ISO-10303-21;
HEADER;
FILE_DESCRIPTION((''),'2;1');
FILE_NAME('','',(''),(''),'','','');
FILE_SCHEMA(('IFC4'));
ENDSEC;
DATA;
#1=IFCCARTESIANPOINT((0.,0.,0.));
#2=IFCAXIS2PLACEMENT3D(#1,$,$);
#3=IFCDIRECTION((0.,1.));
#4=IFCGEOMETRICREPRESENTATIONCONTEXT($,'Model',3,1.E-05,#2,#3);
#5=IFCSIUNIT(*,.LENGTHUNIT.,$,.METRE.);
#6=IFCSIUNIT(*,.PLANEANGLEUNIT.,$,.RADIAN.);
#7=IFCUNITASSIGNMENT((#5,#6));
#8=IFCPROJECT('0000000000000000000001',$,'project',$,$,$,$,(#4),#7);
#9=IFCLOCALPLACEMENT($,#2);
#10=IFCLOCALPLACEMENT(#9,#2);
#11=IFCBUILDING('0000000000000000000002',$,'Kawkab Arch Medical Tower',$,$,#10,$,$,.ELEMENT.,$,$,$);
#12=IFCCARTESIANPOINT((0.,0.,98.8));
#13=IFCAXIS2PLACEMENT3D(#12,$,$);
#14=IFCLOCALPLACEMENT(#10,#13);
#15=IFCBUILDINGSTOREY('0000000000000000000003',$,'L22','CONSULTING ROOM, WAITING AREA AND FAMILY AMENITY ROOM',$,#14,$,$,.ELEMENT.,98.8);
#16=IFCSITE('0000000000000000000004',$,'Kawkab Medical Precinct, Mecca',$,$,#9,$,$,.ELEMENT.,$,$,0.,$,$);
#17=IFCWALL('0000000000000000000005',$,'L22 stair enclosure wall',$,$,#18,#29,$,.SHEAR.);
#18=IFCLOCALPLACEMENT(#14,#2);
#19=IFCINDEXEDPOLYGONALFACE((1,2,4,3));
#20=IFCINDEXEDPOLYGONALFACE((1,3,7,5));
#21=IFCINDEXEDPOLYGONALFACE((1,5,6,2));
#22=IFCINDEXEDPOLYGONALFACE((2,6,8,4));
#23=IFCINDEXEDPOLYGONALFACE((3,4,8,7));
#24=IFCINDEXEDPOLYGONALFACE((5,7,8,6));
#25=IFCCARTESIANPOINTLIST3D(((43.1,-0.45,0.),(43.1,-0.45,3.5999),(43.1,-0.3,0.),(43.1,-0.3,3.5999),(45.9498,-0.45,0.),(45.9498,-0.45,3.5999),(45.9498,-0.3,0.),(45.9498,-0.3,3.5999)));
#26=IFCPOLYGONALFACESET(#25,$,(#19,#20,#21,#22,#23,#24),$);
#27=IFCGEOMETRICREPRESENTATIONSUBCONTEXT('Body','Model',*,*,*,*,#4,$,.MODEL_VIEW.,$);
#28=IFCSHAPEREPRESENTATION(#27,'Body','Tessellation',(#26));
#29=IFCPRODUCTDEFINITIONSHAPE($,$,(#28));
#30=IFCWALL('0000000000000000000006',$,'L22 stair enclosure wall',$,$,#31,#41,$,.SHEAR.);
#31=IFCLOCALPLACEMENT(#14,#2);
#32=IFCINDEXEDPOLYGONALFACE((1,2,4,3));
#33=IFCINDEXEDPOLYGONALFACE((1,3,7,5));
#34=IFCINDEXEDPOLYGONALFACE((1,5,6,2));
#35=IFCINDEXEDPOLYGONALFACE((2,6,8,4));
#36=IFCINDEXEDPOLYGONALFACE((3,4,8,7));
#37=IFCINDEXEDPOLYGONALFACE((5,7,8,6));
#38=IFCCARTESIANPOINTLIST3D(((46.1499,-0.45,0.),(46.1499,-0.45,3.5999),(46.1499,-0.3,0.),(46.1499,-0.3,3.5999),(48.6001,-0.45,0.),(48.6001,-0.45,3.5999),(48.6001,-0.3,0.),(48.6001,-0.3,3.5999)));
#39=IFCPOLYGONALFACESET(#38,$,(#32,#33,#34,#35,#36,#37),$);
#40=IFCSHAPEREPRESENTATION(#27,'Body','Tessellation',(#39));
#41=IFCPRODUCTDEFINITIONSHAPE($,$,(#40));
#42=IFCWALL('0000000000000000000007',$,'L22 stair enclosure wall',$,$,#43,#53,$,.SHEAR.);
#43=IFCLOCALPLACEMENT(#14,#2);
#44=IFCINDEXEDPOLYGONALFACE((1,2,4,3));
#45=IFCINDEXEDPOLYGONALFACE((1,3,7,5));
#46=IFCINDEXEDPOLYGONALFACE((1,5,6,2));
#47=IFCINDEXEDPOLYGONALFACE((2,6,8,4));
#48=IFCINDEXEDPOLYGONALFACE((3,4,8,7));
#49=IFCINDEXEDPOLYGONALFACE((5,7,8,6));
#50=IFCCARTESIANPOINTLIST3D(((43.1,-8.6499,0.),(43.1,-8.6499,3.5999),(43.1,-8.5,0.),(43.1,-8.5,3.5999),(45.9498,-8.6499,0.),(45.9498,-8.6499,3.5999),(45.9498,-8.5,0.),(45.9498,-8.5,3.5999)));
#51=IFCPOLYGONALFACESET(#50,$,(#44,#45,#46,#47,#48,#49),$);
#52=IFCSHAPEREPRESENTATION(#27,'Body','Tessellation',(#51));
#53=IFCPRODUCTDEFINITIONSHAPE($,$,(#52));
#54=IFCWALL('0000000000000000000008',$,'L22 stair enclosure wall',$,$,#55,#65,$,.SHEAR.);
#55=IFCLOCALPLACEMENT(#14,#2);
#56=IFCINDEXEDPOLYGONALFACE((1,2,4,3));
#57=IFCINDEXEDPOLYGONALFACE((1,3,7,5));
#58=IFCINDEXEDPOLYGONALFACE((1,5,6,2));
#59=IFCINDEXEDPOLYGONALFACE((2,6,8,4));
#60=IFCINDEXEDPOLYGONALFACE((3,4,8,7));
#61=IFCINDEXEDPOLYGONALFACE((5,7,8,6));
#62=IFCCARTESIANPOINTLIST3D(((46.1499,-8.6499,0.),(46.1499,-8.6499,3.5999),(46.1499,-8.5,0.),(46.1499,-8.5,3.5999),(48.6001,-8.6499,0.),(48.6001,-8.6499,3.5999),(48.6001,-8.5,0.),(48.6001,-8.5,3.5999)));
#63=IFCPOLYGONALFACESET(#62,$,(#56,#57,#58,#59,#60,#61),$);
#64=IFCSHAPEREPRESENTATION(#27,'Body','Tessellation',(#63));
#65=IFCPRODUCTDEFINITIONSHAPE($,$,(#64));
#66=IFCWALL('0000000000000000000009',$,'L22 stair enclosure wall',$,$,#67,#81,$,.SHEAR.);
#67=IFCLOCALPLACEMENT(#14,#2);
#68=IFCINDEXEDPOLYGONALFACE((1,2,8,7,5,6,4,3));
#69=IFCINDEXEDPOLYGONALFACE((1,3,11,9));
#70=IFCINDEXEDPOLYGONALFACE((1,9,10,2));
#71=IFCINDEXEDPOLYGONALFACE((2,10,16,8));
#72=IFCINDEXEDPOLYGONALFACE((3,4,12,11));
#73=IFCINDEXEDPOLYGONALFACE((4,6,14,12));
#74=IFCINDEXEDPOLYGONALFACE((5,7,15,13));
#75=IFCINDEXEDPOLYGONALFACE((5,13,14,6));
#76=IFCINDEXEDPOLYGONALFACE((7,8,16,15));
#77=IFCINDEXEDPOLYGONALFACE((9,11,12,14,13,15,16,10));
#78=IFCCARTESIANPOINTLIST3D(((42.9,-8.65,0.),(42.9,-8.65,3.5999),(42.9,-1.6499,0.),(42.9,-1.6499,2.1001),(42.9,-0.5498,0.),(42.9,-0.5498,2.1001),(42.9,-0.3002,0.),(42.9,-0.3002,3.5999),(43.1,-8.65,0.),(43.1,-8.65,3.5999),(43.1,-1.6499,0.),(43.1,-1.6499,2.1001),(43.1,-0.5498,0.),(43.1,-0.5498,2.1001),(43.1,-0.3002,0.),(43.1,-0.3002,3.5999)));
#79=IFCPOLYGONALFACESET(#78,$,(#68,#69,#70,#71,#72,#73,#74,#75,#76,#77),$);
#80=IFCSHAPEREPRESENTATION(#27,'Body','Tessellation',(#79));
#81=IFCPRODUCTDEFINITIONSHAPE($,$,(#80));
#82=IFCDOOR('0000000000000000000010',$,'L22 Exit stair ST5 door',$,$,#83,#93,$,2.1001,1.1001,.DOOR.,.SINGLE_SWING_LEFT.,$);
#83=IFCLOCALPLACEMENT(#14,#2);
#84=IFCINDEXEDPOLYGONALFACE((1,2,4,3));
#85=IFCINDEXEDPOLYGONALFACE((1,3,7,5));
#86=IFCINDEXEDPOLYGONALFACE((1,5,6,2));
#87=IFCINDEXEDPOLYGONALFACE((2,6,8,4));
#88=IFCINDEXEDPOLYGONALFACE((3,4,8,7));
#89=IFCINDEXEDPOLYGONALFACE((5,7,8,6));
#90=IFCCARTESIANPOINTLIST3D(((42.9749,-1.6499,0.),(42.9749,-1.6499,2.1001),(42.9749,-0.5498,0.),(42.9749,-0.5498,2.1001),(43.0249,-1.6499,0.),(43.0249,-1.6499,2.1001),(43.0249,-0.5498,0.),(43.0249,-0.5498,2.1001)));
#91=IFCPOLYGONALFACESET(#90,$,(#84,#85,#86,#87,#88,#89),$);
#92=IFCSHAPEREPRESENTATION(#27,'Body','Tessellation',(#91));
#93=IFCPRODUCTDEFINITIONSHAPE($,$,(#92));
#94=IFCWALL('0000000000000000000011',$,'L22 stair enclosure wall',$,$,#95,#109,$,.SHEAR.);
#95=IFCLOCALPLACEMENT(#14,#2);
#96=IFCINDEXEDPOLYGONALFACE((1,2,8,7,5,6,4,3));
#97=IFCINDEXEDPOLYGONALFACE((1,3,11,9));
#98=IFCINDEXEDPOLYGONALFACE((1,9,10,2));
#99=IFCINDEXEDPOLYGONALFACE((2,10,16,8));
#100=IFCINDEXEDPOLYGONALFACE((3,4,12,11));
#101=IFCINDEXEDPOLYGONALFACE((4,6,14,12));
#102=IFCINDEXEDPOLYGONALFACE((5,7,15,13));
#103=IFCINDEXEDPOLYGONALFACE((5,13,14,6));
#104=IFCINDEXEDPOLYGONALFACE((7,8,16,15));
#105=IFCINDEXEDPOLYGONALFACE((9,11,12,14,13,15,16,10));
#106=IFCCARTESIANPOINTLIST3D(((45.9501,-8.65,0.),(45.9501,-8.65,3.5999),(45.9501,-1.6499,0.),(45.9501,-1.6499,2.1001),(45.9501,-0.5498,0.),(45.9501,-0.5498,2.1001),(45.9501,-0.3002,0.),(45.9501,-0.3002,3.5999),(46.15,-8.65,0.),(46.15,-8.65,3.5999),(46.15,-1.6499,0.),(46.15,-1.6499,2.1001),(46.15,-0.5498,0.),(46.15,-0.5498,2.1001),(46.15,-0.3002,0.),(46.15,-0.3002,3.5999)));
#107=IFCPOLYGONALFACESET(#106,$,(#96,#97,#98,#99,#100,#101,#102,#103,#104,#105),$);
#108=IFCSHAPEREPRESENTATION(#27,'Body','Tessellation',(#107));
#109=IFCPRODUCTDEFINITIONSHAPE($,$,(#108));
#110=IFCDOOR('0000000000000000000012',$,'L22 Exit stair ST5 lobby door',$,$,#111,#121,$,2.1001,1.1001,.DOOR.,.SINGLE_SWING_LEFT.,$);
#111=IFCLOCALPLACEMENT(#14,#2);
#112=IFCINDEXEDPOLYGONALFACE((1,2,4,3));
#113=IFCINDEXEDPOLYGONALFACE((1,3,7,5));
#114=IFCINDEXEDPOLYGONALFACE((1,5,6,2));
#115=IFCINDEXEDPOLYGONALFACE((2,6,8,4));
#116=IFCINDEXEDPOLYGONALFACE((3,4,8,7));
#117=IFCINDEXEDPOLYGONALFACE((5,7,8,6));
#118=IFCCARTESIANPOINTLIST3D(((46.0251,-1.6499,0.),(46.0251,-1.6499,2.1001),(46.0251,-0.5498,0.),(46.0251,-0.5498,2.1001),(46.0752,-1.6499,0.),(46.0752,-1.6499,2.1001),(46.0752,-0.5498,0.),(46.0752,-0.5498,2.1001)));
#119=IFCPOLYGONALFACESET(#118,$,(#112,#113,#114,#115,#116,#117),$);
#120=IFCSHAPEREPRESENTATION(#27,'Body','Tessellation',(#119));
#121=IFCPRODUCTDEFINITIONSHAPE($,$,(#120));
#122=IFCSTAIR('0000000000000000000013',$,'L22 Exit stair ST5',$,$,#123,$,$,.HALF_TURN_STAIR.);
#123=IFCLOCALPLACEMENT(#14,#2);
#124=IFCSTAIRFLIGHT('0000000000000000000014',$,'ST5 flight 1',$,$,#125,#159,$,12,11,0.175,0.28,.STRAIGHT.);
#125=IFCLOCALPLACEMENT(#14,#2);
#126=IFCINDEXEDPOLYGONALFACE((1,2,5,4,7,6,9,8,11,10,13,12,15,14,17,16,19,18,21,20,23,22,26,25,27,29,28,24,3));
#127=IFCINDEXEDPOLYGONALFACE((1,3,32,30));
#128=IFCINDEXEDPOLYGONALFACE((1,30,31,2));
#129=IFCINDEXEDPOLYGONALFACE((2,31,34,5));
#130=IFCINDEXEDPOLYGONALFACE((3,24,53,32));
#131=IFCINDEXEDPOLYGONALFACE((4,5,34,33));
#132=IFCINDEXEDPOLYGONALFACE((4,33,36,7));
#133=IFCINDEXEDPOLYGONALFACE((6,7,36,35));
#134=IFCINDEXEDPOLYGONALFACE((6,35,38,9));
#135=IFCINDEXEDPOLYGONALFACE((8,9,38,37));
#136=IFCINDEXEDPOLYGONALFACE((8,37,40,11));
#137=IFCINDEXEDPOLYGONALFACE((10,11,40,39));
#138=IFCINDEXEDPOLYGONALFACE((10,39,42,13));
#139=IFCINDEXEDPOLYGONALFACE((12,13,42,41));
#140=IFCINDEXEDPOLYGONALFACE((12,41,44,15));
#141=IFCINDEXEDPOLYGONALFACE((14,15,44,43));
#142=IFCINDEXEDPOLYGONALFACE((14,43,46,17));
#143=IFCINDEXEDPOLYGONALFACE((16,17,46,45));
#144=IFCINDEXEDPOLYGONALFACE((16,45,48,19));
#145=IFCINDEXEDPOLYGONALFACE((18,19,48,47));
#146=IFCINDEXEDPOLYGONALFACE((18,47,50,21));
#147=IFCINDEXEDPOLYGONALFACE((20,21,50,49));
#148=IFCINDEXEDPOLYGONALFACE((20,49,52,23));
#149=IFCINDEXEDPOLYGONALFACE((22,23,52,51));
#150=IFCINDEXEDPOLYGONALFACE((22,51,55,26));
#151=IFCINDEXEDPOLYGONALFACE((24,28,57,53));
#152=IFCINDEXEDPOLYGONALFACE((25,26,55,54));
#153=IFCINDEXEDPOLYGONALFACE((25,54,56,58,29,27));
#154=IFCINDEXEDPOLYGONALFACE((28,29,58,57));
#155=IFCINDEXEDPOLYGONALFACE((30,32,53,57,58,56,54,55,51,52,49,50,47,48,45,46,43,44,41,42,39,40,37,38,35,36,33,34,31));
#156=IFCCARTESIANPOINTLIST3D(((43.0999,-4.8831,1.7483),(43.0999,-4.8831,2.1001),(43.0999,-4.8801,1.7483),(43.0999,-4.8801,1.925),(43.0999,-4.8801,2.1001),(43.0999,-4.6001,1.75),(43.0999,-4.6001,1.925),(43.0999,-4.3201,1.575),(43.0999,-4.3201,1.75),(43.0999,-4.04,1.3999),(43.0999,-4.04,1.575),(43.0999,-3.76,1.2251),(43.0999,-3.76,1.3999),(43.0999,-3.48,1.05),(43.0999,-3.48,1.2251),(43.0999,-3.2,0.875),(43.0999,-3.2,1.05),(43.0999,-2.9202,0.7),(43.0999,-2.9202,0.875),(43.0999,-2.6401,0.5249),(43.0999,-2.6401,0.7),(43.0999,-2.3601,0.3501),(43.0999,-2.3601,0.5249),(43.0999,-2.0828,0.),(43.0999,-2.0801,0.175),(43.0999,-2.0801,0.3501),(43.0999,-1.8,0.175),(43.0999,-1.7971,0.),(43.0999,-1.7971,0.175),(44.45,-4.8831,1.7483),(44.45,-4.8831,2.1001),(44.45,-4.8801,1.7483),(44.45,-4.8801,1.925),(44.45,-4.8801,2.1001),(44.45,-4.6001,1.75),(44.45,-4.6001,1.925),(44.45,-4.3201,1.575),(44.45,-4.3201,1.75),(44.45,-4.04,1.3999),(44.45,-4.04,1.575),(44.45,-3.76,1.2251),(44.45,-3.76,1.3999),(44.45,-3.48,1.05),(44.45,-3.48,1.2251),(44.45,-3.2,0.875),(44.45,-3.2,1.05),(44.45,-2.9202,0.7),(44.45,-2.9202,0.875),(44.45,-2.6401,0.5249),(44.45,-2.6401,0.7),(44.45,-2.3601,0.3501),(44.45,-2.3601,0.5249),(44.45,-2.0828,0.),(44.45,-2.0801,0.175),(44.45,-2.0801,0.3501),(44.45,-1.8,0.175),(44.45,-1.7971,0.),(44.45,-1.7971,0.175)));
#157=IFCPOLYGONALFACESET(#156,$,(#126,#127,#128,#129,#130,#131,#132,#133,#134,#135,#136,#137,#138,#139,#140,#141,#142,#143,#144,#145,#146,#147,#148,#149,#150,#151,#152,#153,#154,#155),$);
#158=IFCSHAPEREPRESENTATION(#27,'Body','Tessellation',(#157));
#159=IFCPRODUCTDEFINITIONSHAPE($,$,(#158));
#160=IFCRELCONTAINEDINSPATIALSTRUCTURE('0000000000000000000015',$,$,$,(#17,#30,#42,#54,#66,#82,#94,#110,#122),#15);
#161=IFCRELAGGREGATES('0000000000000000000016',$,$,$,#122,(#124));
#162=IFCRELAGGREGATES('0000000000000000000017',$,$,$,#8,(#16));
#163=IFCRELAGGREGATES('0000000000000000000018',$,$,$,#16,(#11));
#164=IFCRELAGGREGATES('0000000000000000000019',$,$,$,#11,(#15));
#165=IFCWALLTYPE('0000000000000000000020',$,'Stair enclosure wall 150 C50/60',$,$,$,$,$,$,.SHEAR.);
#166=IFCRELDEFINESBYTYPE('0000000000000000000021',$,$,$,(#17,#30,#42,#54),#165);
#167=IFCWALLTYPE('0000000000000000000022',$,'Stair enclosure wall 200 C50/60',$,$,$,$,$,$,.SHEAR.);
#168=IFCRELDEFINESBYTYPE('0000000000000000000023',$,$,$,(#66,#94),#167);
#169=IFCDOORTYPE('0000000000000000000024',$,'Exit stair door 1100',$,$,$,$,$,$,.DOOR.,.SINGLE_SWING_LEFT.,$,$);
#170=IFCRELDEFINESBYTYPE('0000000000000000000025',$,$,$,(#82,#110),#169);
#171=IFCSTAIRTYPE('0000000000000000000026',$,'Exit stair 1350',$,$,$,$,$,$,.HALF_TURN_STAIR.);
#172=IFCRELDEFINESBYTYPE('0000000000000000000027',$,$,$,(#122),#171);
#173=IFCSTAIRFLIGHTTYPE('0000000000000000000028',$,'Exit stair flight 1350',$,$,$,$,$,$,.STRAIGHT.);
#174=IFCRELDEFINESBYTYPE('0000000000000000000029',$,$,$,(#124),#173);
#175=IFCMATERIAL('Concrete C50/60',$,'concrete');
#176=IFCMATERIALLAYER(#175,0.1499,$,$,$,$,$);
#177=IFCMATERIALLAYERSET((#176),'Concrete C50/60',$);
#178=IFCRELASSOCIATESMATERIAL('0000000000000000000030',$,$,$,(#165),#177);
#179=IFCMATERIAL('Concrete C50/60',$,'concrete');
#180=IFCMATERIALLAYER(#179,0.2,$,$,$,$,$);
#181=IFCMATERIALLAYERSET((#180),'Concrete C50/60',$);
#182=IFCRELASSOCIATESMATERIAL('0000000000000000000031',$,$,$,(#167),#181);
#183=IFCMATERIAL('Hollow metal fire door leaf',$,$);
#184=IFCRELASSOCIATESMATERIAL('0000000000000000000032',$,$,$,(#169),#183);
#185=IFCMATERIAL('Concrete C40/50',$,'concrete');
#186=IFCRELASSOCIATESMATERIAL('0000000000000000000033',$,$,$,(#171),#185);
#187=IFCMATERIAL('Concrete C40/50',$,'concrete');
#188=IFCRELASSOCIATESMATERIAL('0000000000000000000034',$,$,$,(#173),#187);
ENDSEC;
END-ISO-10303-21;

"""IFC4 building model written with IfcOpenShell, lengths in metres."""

from ifc_helpers import new_model, si_unit, direction, frame, frame_2d, origin, place, context, subcontext, project, spatial, polyline, rectangle, outline, extrude, material, layer, layer_set, type_object, element, fill, aggregate, save


model = new_model("IFC4")

# Units and contexts
model_context = context("Model", 3, precision=1e-05, world=origin(), true_north=direction((0.0, 1.0)))
body_context = subcontext(model_context, "Body", "Model", "MODEL_VIEW")
ifc_project = project(units=[si_unit("LENGTHUNIT", "METRE"), si_unit("PLANEANGLEUNIT", "RADIAN")], contexts=[model_context])

# Site, building, storey
site_placement = place(None, origin())
site = spatial("IfcSite", under=ifc_project, at=site_placement, Name="Kawkab Medical Precinct, Mecca", CompositionType="ELEMENT", RefElevation=0.0)
building_placement = place(site_placement, origin())
building = spatial("IfcBuilding", under=site, at=building_placement, Name="Kawkab Arch Medical Tower", CompositionType="ELEMENT")
storey_placement = place(building_placement, frame((0.0, 0.0, 98.8)))
storey = spatial("IfcBuildingStorey", under=building, at=storey_placement, Name="L22", Description="CONSULTING ROOM, WAITING AREA AND FAMILY AMENITY ROOM", CompositionType="ELEMENT", Elevation=98.8)

# Shared definitions
placement = place(storey_placement, origin())

# Walls
ifc_material_1 = material(Name="Concrete C50/60", Category="concrete")
ifc_layer_1 = layer(ifc_material_1, 0.1499)
ifc_layer_set_1 = layer_set([ifc_layer_1], Name="Concrete C50/60")
wall_type_1 = type_object("IfcWallType", Name="Stair enclosure wall 150 C50/60", PredefinedType="SHEAR", material=ifc_layer_set_1)
wall_1_placement = place(storey_placement, frame((43.1001, -0.375, 0.0), z_axis=(0.0, 0.0, 1.0), x_axis=(1.0, 0.0, 0.0)))
element("IfcWall", 1, at=wall_1_placement, inside=storey, type_object=wall_type_1, Name="L22 stair enclosure wall", PredefinedType="SHEAR", context=body_context, shape_type="SweptSolid", body=[
    extrude(rectangle(XDim=2.8499, YDim=0.1499, at=frame_2d((1.4248, 0.0))), origin(), (0.0, 0.0, 1.0), 3.5999),
])
wall_2_placement = place(storey_placement, frame((46.1499, -0.375, 0.0), z_axis=(0.0, 0.0, 1.0), x_axis=(1.0, 0.0, 0.0)))
element("IfcWall", 2, at=wall_2_placement, inside=storey, type_object=wall_type_1, Name="L22 stair enclosure wall", PredefinedType="SHEAR", context=body_context, shape_type="SweptSolid", body=[
    extrude(rectangle(XDim=2.4502, YDim=0.1499, at=frame_2d((1.2251, 0.0))), origin(), (0.0, 0.0, 1.0), 3.5999),
])
wall_3_placement = place(storey_placement, frame((43.1001, -8.575, 0.0), z_axis=(0.0, 0.0, 1.0), x_axis=(1.0, 0.0, 0.0)))
element("IfcWall", 3, at=wall_3_placement, inside=storey, type_object=wall_type_1, Name="L22 stair enclosure wall", PredefinedType="SHEAR", context=body_context, shape_type="SweptSolid", body=[
    extrude(rectangle(XDim=2.8499, YDim=0.1499, at=frame_2d((1.4248, 0.0))), origin(), (0.0, 0.0, 1.0), 3.5999),
])
wall_4_placement = place(storey_placement, frame((46.1499, -8.575, 0.0), z_axis=(0.0, 0.0, 1.0), x_axis=(1.0, 0.0, 0.0)))
element("IfcWall", 4, at=wall_4_placement, inside=storey, type_object=wall_type_1, Name="L22 stair enclosure wall", PredefinedType="SHEAR", context=body_context, shape_type="SweptSolid", body=[
    extrude(rectangle(XDim=2.4502, YDim=0.1499, at=frame_2d((1.2251, 0.0))), origin(), (0.0, 0.0, 1.0), 3.5999),
])

# Walls, openings, doors
ifc_material_2 = material(Name="Concrete C50/60", Category="concrete")
ifc_layer_2 = layer(ifc_material_2, 0.2)
ifc_layer_set_2 = layer_set([ifc_layer_2], Name="Concrete C50/60")
wall_type_2 = type_object("IfcWallType", Name="Stair enclosure wall 200 C50/60", PredefinedType="SHEAR", material=ifc_layer_set_2)
wall_5_placement = place(storey_placement, frame((43.0, -8.6499, 0.0), z_axis=(0.0, 0.0, 1.0), x_axis=(0.0, 1.0, 0.0)))
wall_5 = element("IfcWall", 5, at=wall_5_placement, inside=storey, type_object=wall_type_2, Name="L22 stair enclosure wall", PredefinedType="SHEAR", context=body_context, shape_type="SweptSolid", body=[
    extrude(rectangle(XDim=8.3499, YDim=0.2, at=frame_2d((4.1748, 0.0))), origin(), (0.0, 0.0, 1.0), 3.5999),
])
opening_1_placement = place(wall_5_placement, frame((7.0, 0.0, 0.0)))
opening_1 = element("IfcOpeningElement", 6, at=opening_1_placement, cuts=wall_5, PredefinedType="OPENING", context=body_context, shape_type="SweptSolid", body=[
    extrude(rectangle(XDim=1.1001, YDim=2.1001, at=frame_2d((0.55, 1.05))), frame((0.0, 0.1099, 0.0), z_axis=(0.0, -1.0, 0.0), x_axis=(1.0, 0.0, 0.0)), (0.0, 0.0, 1.0), 0.22),
])
ifc_material_3 = material(Name="Hollow metal fire door leaf")
door_type_1 = type_object("IfcDoorType", Name="Exit stair door 1100", OperationType="SINGLE_SWING_LEFT", PredefinedType="DOOR", material=ifc_material_3)
door_1_placement = place(opening_1_placement, frame((1.1001, 0.0, 0.0), z_axis=(0.0, 0.0, 1.0), x_axis=(-1.0, 0.0, 0.0)))
door_1 = element("IfcDoor", 7, at=door_1_placement, inside=storey, type_object=door_type_1, Name="L22 Exit stair ST5 door", OperationType="SINGLE_SWING_LEFT", OverallHeight=2.1001, OverallWidth=1.1001, PredefinedType="DOOR", context=body_context, shape_type="SweptSolid", body=[
    extrude(rectangle(XDim=1.1001, YDim=2.1001, at=frame_2d((0.55, 1.05))), frame((0.0, 0.0249, 0.0), z_axis=(0.0, -1.0, 0.0), x_axis=(1.0, 0.0, 0.0)), (0.0, 0.0, 1.0), 0.05),
])
fill(opening_1, door_1)
wall_6_placement = place(storey_placement, frame((46.05, -8.6499, 0.0), z_axis=(0.0, 0.0, 1.0), x_axis=(0.0, 1.0, 0.0)))
wall_6 = element("IfcWall", 8, at=wall_6_placement, inside=storey, type_object=wall_type_2, Name="L22 stair enclosure wall", PredefinedType="SHEAR", context=body_context, shape_type="SweptSolid", body=[
    extrude(rectangle(XDim=8.3499, YDim=0.2, at=frame_2d((4.1748, 0.0))), origin(), (0.0, 0.0, 1.0), 3.5999),
])
opening_2_placement = place(wall_6_placement, frame((7.0, 0.0, 0.0)))
opening_2 = element("IfcOpeningElement", 9, at=opening_2_placement, cuts=wall_6, PredefinedType="OPENING", context=body_context, shape_type="SweptSolid", body=[
    extrude(rectangle(XDim=1.1001, YDim=2.1001, at=frame_2d((0.55, 1.05))), frame((0.0, 0.1099, 0.0), z_axis=(0.0, -1.0, 0.0), x_axis=(1.0, 0.0, 0.0)), (0.0, 0.0, 1.0), 0.22),
])
door_2_placement = place(opening_2_placement, origin())
door_2 = element("IfcDoor", 10, at=door_2_placement, inside=storey, type_object=door_type_1, Name="L22 Exit stair ST5 lobby door", OperationType="SINGLE_SWING_LEFT", OverallHeight=2.1001, OverallWidth=1.1001, PredefinedType="DOOR", context=body_context, shape_type="SweptSolid", body=[
    extrude(rectangle(XDim=1.1001, YDim=2.1001, at=frame_2d((0.55, 1.05))), frame((0.0, 0.0249, 0.0), z_axis=(0.0, -1.0, 0.0), x_axis=(1.0, 0.0, 0.0)), (0.0, 0.0, 1.0), 0.05),
])
fill(opening_2, door_2)

# Stair, stair flight
ifc_material_4 = material(Name="Concrete C40/50", Category="concrete")
stair_type = type_object("IfcStairType", Name="Exit stair 1350", PredefinedType="HALF_TURN_STAIR", material=ifc_material_4)
stair = element("IfcStair", 11, at=placement, inside=storey, type_object=stair_type, Name="L22 Exit stair ST5", PredefinedType="HALF_TURN_STAIR")
ifc_material_5 = material(Name="Concrete C40/50", Category="concrete")
stair_flight_type = type_object("IfcStairFlightType", Name="Exit stair flight 1350", PredefinedType="STRAIGHT", material=ifc_material_5)
stair_flight_1_placement = place(storey_placement, frame((43.7749, -1.8, 0.0), z_axis=(0.0, 0.0, 1.0), x_axis=(0.0, -1.0, 0.0)))
stair_flight_1 = element("IfcStairFlight", 12, at=stair_flight_1_placement, type_object=stair_flight_type, Name="ST5 flight 1", NumberOfRisers=12, NumberOfTreads=11, PredefinedType="STRAIGHT", RiserHeight=0.175, TreadLength=0.28, context=body_context, shape_type="SweptSolid", body=[
    extrude(outline(polyline([(-0.0029, 0.0), (-0.0029, 0.175), (0.0, 0.175), (0.28, 0.175), (0.28, 0.3501), (0.5601, 0.3501), (0.5601, 0.5249), (0.8401, 0.5249), (0.8401, 0.7), (1.1201, 0.7), (1.1201, 0.875), (1.3999, 0.875), (1.3999, 1.05), (1.6799, 1.05), (1.6799, 1.2251), (1.96, 1.2251), (1.96, 1.3999), (2.24, 1.3999), (2.24, 1.575), (2.52, 1.575), (2.52, 1.75), (2.8, 1.75), (2.8, 1.925), (3.0801, 1.925), (3.0801, 2.1001), (3.083, 2.1001), (3.083, 1.7483), (3.0801, 1.7483), (0.2827, 0.0), (-0.0029, 0.0)])), frame((0.0, 0.675, 0.0), z_axis=(0.0, -1.0, 0.0), x_axis=(1.0, 0.0, 0.0)), (0.0, 0.0, 1.0), 1.3501),
])
aggregate(stair, [stair_flight_1])

save(model, "model.ifc")
